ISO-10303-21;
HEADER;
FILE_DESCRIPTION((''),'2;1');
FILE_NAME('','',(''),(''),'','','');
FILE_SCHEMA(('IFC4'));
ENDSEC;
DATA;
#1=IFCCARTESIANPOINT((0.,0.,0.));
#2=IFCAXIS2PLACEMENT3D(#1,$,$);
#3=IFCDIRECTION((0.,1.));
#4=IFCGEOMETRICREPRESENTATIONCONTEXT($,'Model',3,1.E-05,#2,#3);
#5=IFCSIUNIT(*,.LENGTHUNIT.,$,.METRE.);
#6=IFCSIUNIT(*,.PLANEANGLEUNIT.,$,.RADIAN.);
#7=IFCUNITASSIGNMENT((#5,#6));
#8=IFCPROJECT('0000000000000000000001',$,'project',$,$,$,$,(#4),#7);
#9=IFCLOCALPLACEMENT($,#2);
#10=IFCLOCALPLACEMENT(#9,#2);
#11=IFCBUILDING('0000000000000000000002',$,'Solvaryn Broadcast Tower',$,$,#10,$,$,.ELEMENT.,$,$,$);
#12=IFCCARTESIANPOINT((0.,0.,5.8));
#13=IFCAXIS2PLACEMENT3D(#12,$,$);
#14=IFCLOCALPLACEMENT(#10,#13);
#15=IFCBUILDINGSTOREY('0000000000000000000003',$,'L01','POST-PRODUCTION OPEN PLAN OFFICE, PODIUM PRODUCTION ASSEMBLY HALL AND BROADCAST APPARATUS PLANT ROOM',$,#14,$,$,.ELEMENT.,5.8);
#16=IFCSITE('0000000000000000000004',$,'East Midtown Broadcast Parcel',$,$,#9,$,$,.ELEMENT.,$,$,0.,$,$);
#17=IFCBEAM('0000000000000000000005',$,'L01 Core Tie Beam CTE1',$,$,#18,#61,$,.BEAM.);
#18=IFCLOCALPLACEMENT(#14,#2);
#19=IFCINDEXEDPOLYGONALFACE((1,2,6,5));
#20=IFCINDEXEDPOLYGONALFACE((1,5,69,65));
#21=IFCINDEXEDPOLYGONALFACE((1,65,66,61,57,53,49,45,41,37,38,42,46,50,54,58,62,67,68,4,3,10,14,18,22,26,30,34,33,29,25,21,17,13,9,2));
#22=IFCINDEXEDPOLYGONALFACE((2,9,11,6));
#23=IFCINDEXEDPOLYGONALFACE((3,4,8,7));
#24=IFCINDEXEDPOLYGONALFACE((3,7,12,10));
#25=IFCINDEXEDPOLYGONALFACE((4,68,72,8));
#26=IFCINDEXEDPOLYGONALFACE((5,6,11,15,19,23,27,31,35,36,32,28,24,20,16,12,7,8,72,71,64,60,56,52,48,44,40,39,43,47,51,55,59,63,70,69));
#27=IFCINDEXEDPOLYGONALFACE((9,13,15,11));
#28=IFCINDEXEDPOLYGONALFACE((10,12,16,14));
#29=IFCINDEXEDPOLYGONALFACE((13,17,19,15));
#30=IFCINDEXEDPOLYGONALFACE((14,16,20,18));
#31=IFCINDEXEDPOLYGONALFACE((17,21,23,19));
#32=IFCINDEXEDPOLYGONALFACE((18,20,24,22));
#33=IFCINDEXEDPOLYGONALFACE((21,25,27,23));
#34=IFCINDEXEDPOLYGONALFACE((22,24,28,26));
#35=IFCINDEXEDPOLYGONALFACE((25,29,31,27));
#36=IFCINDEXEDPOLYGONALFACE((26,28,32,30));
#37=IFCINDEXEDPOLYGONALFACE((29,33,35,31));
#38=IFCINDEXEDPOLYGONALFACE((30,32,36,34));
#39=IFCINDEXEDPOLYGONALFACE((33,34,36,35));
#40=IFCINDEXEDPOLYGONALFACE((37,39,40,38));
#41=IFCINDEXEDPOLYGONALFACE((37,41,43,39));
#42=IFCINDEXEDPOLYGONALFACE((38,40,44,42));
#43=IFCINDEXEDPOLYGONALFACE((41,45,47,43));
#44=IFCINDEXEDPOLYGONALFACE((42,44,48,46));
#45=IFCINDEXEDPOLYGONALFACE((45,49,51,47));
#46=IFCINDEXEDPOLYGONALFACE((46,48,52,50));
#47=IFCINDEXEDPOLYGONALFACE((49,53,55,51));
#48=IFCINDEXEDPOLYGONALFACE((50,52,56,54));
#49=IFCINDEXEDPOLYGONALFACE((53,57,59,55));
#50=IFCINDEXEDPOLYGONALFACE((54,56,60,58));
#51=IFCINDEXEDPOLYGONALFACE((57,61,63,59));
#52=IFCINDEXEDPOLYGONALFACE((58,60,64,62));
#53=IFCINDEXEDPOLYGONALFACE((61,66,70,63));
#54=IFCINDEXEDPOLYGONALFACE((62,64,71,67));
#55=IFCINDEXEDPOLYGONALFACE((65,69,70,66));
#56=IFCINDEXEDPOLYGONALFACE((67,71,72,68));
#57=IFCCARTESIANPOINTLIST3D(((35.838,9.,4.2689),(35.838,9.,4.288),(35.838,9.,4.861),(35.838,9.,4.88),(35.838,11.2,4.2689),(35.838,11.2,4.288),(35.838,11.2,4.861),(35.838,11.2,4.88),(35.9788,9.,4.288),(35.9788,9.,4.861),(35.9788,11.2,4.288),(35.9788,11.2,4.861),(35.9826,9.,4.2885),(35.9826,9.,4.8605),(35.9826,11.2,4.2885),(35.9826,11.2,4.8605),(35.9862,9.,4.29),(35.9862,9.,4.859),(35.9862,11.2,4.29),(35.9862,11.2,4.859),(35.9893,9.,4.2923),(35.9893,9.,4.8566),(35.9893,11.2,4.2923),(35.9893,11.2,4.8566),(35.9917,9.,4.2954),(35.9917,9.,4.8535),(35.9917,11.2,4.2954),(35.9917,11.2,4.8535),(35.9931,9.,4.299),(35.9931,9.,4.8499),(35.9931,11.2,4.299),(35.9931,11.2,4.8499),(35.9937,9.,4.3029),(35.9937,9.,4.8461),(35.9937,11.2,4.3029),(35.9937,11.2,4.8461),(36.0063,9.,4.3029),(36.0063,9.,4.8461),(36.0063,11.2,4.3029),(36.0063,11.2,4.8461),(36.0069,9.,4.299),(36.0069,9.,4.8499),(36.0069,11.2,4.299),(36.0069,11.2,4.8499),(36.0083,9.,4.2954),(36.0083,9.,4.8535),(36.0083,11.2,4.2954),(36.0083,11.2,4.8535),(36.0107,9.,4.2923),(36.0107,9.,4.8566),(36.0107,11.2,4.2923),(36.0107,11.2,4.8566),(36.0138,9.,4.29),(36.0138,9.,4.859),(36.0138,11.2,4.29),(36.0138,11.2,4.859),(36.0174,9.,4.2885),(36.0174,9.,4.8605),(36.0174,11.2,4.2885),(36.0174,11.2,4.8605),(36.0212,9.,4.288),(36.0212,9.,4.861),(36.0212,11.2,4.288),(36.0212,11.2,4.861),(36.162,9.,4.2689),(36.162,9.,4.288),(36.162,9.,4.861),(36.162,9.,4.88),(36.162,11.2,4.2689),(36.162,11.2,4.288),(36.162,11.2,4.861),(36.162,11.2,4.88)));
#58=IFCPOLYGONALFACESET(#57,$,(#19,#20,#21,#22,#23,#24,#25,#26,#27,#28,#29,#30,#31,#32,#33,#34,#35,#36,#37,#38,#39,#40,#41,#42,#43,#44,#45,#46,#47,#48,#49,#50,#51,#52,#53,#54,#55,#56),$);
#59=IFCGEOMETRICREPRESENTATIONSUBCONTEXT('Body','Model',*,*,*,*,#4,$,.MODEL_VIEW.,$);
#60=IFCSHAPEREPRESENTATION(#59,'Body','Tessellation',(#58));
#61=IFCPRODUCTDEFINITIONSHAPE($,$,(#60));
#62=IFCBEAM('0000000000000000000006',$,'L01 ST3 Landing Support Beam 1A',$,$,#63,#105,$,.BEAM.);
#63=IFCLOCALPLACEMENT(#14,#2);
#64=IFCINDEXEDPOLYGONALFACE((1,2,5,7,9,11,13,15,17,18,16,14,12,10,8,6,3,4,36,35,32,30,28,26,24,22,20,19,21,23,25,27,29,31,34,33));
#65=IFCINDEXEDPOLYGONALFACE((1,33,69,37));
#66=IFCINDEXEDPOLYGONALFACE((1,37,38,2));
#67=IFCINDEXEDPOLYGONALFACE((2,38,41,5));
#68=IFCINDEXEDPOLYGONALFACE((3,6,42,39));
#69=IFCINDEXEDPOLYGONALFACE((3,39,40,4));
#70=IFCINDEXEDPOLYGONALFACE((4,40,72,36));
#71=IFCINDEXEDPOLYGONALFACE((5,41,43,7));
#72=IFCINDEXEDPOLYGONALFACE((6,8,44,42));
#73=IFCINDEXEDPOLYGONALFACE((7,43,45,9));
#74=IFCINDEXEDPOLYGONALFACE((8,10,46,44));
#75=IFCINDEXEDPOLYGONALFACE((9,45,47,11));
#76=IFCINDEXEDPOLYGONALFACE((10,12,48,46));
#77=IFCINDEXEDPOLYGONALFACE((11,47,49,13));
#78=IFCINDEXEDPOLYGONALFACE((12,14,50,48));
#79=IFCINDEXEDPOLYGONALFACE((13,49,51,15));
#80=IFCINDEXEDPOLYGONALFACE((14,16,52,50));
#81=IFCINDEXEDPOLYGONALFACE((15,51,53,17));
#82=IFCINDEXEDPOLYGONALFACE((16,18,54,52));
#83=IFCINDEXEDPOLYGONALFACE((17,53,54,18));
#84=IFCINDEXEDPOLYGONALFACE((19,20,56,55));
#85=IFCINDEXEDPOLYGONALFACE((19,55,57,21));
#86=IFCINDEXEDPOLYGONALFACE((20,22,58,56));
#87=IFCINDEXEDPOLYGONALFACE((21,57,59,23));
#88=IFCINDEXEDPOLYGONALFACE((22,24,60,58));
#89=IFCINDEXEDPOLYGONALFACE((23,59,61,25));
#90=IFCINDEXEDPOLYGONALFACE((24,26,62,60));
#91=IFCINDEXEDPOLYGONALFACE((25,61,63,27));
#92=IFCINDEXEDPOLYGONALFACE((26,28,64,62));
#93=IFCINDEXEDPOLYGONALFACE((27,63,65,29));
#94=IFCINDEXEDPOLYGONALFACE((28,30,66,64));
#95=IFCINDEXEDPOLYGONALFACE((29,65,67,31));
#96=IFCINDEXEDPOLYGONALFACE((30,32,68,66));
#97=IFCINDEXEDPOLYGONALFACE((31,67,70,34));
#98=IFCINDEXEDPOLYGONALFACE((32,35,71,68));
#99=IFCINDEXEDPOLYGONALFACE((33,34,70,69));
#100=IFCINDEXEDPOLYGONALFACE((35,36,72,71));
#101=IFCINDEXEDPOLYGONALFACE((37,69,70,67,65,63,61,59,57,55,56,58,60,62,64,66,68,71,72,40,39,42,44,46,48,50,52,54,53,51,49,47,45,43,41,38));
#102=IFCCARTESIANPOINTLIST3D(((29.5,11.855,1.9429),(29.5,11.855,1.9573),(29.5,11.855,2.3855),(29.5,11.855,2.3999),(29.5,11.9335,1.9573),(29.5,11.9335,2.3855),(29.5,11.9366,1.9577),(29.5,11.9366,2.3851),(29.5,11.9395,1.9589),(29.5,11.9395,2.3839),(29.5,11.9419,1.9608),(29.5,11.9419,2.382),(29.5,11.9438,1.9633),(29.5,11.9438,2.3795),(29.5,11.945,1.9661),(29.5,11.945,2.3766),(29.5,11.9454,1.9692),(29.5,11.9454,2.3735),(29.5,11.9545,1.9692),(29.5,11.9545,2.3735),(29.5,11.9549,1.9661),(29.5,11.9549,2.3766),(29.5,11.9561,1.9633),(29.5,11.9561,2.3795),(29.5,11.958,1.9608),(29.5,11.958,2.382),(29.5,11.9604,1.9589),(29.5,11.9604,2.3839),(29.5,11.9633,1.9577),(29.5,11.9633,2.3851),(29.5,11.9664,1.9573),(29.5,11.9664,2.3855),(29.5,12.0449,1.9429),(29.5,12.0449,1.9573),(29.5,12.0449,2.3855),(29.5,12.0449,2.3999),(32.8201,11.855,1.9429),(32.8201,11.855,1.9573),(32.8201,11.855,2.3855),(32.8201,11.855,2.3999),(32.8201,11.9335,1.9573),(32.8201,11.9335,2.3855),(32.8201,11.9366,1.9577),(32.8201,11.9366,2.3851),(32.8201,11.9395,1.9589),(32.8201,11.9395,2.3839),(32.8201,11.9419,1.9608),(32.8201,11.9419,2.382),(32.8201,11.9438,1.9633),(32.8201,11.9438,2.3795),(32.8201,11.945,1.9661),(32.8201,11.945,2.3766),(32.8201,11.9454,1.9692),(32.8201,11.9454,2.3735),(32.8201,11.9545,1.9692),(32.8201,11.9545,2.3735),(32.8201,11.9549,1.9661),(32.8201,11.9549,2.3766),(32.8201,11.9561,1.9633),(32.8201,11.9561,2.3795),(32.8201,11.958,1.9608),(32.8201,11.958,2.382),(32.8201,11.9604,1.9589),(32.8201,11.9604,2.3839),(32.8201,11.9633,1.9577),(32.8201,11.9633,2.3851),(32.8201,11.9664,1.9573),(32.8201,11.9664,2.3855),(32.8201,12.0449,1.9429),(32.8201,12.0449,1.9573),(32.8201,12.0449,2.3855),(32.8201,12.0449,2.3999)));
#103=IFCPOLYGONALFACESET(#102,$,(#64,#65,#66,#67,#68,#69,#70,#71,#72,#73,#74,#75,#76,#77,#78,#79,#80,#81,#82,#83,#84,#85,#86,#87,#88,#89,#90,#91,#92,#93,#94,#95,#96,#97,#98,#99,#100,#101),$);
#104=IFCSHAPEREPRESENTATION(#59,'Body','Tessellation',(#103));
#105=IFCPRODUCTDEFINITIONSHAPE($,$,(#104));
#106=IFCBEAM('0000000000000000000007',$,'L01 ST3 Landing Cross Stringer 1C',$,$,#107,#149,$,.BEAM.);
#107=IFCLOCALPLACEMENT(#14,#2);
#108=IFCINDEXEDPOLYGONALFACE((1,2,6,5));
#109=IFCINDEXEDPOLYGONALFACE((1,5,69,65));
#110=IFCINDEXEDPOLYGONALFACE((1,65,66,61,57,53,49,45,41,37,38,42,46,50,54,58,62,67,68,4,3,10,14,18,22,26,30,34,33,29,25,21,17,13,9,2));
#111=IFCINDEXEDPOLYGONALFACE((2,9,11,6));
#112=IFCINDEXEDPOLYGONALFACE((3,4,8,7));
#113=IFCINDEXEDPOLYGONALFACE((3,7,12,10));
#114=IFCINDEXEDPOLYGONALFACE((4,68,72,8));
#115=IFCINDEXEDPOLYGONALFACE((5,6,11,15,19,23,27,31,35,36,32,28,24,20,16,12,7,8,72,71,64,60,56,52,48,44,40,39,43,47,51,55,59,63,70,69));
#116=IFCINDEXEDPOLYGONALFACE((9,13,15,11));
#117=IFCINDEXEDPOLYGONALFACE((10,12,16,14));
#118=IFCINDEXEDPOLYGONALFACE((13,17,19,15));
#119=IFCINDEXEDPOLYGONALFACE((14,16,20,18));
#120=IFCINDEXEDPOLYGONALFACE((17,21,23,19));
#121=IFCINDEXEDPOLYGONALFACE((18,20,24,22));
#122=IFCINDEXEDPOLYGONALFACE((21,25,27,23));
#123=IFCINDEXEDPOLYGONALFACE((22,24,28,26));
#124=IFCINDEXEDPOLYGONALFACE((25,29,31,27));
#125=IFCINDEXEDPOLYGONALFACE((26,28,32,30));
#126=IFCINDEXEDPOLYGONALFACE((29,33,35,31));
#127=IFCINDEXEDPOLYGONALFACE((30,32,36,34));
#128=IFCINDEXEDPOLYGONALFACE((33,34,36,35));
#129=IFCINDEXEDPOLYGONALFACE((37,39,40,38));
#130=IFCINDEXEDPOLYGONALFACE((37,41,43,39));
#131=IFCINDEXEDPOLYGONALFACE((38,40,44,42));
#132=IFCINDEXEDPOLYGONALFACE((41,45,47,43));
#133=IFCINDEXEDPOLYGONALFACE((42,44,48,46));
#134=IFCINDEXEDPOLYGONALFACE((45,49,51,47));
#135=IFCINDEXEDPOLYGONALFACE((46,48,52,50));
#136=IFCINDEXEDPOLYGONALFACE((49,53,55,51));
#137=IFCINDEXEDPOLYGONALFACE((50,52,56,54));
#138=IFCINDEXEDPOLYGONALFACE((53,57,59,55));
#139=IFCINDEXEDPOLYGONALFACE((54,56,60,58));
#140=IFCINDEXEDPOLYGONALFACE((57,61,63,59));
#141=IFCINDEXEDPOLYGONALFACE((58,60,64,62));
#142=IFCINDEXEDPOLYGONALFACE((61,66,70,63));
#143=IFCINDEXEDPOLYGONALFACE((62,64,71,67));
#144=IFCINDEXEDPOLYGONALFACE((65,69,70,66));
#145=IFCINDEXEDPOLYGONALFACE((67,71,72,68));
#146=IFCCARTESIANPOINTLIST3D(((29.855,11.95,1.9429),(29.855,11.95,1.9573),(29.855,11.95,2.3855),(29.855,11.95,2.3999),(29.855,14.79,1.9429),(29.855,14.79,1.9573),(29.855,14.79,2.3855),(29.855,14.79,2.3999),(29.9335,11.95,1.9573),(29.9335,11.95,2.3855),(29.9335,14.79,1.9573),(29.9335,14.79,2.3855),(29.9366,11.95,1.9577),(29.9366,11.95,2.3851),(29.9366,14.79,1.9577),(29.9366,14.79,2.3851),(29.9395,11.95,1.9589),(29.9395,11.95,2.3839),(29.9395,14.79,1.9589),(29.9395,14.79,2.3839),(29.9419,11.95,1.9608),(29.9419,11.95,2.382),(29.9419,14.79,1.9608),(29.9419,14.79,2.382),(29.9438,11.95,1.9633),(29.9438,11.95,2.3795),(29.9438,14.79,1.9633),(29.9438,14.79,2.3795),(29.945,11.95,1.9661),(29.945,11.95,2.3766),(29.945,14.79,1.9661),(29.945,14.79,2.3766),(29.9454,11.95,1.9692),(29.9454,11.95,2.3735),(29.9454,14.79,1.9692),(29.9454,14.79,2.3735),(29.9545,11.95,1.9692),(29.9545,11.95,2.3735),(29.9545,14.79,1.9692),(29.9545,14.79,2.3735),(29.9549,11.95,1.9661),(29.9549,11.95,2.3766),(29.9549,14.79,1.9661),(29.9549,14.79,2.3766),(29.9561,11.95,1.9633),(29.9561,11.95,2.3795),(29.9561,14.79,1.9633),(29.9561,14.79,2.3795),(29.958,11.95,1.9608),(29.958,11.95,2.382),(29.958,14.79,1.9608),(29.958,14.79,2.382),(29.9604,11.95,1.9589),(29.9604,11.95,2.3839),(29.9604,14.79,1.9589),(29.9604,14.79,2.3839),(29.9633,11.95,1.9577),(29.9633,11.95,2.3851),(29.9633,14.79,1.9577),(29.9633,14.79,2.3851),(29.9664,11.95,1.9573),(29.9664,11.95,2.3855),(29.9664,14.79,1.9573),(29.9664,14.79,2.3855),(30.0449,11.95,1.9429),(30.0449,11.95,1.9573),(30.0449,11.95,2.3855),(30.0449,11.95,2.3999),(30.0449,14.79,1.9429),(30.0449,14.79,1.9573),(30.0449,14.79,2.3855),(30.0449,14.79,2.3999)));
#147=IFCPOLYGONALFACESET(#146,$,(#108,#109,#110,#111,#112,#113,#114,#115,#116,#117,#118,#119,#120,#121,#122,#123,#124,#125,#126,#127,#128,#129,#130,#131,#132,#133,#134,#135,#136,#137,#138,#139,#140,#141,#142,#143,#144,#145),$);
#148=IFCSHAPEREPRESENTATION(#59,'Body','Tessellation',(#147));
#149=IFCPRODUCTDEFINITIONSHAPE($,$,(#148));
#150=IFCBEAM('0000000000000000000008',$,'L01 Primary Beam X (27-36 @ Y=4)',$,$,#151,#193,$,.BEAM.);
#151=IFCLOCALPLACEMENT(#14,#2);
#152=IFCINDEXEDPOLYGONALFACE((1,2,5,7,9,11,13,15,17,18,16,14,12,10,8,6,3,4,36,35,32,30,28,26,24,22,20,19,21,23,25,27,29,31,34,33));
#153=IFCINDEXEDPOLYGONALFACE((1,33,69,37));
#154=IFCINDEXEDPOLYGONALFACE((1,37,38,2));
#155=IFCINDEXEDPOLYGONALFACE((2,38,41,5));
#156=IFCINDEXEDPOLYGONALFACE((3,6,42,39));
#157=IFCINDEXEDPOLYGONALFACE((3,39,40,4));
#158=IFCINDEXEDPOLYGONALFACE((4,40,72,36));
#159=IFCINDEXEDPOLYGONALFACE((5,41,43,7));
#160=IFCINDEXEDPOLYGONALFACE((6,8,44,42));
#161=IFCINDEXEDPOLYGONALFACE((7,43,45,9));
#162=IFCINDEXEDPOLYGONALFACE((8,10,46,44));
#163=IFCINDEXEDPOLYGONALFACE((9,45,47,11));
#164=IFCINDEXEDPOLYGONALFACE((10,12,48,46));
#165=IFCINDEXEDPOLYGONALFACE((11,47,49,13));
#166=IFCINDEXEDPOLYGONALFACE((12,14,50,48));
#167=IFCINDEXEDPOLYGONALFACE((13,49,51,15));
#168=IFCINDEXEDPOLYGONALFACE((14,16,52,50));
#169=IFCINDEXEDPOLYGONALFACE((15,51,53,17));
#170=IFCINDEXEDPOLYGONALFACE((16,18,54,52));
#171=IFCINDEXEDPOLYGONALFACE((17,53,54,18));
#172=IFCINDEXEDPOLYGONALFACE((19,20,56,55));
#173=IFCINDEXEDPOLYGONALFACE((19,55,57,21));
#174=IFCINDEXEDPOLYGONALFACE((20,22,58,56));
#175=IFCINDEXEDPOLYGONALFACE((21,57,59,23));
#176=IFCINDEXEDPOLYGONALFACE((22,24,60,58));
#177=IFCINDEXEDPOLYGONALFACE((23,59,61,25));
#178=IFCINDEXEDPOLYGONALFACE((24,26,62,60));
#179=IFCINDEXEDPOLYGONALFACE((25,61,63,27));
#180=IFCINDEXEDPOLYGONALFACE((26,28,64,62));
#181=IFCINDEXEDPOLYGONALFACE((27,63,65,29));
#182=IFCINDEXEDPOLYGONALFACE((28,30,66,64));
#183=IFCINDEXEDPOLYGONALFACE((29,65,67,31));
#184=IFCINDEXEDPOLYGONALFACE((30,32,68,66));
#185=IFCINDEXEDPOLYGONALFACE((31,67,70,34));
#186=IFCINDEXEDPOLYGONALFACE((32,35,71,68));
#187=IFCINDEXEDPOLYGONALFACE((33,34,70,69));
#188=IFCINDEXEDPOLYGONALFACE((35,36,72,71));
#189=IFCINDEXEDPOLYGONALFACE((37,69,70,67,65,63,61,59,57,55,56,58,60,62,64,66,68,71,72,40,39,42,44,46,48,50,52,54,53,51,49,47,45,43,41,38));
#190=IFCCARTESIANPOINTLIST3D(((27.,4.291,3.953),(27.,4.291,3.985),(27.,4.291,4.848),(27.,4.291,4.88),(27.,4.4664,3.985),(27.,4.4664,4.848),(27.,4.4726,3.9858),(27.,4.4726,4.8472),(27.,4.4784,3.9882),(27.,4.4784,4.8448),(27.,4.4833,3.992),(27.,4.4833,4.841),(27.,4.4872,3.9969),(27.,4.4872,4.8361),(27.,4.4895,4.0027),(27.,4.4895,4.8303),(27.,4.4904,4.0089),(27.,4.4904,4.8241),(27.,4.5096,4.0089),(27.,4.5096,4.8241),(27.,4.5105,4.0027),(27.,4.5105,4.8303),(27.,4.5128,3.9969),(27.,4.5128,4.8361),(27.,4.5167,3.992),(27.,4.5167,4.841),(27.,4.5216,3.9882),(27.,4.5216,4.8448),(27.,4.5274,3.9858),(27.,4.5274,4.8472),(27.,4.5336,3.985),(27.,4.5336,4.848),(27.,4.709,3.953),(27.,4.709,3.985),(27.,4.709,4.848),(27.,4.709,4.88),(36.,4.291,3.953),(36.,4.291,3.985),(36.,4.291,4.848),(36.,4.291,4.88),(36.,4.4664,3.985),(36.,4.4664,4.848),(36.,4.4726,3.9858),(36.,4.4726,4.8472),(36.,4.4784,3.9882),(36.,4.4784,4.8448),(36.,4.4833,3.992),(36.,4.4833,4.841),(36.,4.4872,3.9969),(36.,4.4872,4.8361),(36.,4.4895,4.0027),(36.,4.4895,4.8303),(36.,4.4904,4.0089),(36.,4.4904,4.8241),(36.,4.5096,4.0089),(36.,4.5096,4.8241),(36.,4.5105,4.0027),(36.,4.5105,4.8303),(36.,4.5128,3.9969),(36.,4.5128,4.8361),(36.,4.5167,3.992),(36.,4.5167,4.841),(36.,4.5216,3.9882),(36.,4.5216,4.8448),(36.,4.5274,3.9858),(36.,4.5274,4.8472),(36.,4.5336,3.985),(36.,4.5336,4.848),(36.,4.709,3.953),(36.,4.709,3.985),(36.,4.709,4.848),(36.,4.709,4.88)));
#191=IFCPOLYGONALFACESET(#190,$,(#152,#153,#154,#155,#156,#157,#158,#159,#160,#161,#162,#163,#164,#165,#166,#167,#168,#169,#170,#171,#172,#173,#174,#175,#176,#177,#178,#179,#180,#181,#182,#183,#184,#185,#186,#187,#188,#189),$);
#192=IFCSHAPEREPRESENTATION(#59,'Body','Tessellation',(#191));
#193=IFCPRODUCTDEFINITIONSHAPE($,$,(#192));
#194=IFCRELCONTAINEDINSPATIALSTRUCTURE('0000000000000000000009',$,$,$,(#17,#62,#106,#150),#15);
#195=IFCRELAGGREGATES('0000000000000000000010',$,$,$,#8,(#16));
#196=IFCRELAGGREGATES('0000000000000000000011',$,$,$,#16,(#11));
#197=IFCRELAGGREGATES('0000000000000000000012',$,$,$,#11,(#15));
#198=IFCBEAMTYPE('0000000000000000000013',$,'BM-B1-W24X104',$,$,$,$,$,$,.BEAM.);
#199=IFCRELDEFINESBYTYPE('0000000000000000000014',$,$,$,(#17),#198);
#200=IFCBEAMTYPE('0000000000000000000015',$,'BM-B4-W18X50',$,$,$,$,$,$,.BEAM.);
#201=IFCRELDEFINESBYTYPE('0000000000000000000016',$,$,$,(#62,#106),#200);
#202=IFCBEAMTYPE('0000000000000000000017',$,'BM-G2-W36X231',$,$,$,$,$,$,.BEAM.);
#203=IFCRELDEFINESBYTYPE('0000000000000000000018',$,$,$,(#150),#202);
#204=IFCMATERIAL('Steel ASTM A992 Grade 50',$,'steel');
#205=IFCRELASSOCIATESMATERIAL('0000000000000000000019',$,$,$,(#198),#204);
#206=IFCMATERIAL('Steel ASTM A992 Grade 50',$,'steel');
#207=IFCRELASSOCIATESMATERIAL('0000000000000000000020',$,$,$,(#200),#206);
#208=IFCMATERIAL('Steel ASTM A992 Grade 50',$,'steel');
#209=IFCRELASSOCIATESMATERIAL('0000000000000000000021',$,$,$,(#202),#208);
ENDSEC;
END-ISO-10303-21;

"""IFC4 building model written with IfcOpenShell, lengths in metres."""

from ifc_helpers import new_model, si_unit, direction, frame, origin, origin_2d, place, context, subcontext, project, spatial, i_section, extrude, material, material_profile, profile_set, type_object, element, save


model = new_model("IFC4")

# Units and contexts
model_context = context("Model", 3, precision=1e-05, world=origin(), true_north=direction((0.0, 1.0)))
body_context = subcontext(model_context, "Body", "Model", "MODEL_VIEW")
ifc_project = project(units=[si_unit("LENGTHUNIT", "METRE"), si_unit("PLANEANGLEUNIT", "RADIAN")], contexts=[model_context])

# Site, building, storey
site_placement = place(None, origin())
site = spatial("IfcSite", under=ifc_project, at=site_placement, Name="East Midtown Broadcast Parcel", CompositionType="ELEMENT", RefElevation=0.0)
building_placement = place(site_placement, origin())
building = spatial("IfcBuilding", under=site, at=building_placement, Name="Solvaryn Broadcast Tower", CompositionType="ELEMENT")
storey_placement = place(building_placement, frame((0.0, 0.0, 5.8)))
storey = spatial("IfcBuildingStorey", under=building, at=storey_placement, Name="L01", Description="POST-PRODUCTION OPEN PLAN OFFICE, PODIUM PRODUCTION ASSEMBLY HALL AND BROADCAST APPARATUS PLANT ROOM", CompositionType="ELEMENT", Elevation=5.8)

# Beams
ifc_material_1 = material(Name="Steel ASTM A992 Grade 50", Category="steel")
ifc_material_profile_1 = material_profile(ifc_material_1, i_section(OverallWidth=0.324, OverallDepth=0.6111, WebThickness=0.0127, FlangeThickness=0.019, FilletRadius=0.0149, at=origin_2d()))
ifc_profile_set_1 = profile_set([ifc_material_profile_1], Name="Steel ASTM A992 Grade 50")
beam_type_1 = type_object("IfcBeamType", Name="BM-B1-W24X104", PredefinedType="BEAM", material=ifc_profile_set_1)
beam_1_placement = place(storey_placement, frame((36.0, 9.0, 4.5745), z_axis=(0.0, 1.0, 0.0), x_axis=(-1.0, 0.0, 0.0)))
element("IfcBeam", 1, at=beam_1_placement, inside=storey, type_object=beam_type_1, Name="L01 Core Tie Beam CTE1", PredefinedType="BEAM", context=body_context, shape_type="SweptSolid", body=[
    extrude(i_section(OverallWidth=0.324, OverallDepth=0.6111, WebThickness=0.0127, FlangeThickness=0.019, FilletRadius=0.0149, at=origin_2d()), origin(), (0.0, 0.0, 1.0), 2.2),
])
ifc_material_2 = material(Name="Steel ASTM A992 Grade 50", Category="steel")
ifc_material_profile_2 = material_profile(ifc_material_2, i_section(OverallWidth=0.1899, OverallDepth=0.457, WebThickness=0.009, FlangeThickness=0.0144, FilletRadius=0.012, at=origin_2d()))
ifc_profile_set_2 = profile_set([ifc_material_profile_2], Name="Steel ASTM A992 Grade 50")
beam_type_2 = type_object("IfcBeamType", Name="BM-B4-W18X50", PredefinedType="BEAM", material=ifc_profile_set_2)
beam_2_placement = place(storey_placement, frame((29.5, 11.95, 2.1714), z_axis=(1.0, 0.0, 0.0), x_axis=(0.0, 1.0, 0.0)))
element("IfcBeam", 2, at=beam_2_placement, inside=storey, type_object=beam_type_2, Name="L01 ST3 Landing Support Beam 1A", PredefinedType="BEAM", context=body_context, shape_type="SweptSolid", body=[
    extrude(i_section(OverallWidth=0.1899, OverallDepth=0.457, WebThickness=0.009, FlangeThickness=0.0144, FilletRadius=0.012, at=origin_2d()), origin(), (0.0, 0.0, 1.0), 3.3201),
])
beam_3_placement = place(storey_placement, frame((29.95, 11.95, 2.1714), z_axis=(0.0, 1.0, 0.0), x_axis=(-1.0, 0.0, 0.0)))
element("IfcBeam", 3, at=beam_3_placement, inside=storey, type_object=beam_type_2, Name="L01 ST3 Landing Cross Stringer 1C", PredefinedType="BEAM", context=body_context, shape_type="SweptSolid", body=[
    extrude(i_section(OverallWidth=0.1899, OverallDepth=0.457, WebThickness=0.009, FlangeThickness=0.0144, FilletRadius=0.012, at=origin_2d()), origin(), (0.0, 0.0, 1.0), 2.8401),
])
ifc_material_3 = material(Name="Steel ASTM A992 Grade 50", Category="steel")
ifc_material_profile_3 = material_profile(ifc_material_3, i_section(OverallWidth=0.418, OverallDepth=0.927, WebThickness=0.0193, FlangeThickness=0.032, FilletRadius=0.0239, at=origin_2d()))
ifc_profile_set_3 = profile_set([ifc_material_profile_3], Name="Steel ASTM A992 Grade 50")
beam_type_3 = type_object("IfcBeamType", Name="BM-G2-W36X231", PredefinedType="BEAM", material=ifc_profile_set_3)
for number, where, z_axis, x_axis, name in (
    (4, (27.0, 4.5, 4.4165), (1.0, 0.0, 0.0), (0.0, 1.0, 0.0), "L01 Primary Beam X (27-36 @ Y=4)"),
):
    element("IfcBeam", number, at=place(storey_placement, frame(where, z_axis=z_axis, x_axis=x_axis)), inside=storey, type_object=beam_type_3, Name=name, PredefinedType="BEAM", context=body_context, shape_type="SweptSolid", body=[
        extrude(i_section(OverallWidth=0.418, OverallDepth=0.927, WebThickness=0.0193, FlangeThickness=0.032, FilletRadius=0.0239, at=origin_2d()), origin(), (0.0, 0.0, 1.0), 9.0),
    ])

save(model, "model.ifc")
